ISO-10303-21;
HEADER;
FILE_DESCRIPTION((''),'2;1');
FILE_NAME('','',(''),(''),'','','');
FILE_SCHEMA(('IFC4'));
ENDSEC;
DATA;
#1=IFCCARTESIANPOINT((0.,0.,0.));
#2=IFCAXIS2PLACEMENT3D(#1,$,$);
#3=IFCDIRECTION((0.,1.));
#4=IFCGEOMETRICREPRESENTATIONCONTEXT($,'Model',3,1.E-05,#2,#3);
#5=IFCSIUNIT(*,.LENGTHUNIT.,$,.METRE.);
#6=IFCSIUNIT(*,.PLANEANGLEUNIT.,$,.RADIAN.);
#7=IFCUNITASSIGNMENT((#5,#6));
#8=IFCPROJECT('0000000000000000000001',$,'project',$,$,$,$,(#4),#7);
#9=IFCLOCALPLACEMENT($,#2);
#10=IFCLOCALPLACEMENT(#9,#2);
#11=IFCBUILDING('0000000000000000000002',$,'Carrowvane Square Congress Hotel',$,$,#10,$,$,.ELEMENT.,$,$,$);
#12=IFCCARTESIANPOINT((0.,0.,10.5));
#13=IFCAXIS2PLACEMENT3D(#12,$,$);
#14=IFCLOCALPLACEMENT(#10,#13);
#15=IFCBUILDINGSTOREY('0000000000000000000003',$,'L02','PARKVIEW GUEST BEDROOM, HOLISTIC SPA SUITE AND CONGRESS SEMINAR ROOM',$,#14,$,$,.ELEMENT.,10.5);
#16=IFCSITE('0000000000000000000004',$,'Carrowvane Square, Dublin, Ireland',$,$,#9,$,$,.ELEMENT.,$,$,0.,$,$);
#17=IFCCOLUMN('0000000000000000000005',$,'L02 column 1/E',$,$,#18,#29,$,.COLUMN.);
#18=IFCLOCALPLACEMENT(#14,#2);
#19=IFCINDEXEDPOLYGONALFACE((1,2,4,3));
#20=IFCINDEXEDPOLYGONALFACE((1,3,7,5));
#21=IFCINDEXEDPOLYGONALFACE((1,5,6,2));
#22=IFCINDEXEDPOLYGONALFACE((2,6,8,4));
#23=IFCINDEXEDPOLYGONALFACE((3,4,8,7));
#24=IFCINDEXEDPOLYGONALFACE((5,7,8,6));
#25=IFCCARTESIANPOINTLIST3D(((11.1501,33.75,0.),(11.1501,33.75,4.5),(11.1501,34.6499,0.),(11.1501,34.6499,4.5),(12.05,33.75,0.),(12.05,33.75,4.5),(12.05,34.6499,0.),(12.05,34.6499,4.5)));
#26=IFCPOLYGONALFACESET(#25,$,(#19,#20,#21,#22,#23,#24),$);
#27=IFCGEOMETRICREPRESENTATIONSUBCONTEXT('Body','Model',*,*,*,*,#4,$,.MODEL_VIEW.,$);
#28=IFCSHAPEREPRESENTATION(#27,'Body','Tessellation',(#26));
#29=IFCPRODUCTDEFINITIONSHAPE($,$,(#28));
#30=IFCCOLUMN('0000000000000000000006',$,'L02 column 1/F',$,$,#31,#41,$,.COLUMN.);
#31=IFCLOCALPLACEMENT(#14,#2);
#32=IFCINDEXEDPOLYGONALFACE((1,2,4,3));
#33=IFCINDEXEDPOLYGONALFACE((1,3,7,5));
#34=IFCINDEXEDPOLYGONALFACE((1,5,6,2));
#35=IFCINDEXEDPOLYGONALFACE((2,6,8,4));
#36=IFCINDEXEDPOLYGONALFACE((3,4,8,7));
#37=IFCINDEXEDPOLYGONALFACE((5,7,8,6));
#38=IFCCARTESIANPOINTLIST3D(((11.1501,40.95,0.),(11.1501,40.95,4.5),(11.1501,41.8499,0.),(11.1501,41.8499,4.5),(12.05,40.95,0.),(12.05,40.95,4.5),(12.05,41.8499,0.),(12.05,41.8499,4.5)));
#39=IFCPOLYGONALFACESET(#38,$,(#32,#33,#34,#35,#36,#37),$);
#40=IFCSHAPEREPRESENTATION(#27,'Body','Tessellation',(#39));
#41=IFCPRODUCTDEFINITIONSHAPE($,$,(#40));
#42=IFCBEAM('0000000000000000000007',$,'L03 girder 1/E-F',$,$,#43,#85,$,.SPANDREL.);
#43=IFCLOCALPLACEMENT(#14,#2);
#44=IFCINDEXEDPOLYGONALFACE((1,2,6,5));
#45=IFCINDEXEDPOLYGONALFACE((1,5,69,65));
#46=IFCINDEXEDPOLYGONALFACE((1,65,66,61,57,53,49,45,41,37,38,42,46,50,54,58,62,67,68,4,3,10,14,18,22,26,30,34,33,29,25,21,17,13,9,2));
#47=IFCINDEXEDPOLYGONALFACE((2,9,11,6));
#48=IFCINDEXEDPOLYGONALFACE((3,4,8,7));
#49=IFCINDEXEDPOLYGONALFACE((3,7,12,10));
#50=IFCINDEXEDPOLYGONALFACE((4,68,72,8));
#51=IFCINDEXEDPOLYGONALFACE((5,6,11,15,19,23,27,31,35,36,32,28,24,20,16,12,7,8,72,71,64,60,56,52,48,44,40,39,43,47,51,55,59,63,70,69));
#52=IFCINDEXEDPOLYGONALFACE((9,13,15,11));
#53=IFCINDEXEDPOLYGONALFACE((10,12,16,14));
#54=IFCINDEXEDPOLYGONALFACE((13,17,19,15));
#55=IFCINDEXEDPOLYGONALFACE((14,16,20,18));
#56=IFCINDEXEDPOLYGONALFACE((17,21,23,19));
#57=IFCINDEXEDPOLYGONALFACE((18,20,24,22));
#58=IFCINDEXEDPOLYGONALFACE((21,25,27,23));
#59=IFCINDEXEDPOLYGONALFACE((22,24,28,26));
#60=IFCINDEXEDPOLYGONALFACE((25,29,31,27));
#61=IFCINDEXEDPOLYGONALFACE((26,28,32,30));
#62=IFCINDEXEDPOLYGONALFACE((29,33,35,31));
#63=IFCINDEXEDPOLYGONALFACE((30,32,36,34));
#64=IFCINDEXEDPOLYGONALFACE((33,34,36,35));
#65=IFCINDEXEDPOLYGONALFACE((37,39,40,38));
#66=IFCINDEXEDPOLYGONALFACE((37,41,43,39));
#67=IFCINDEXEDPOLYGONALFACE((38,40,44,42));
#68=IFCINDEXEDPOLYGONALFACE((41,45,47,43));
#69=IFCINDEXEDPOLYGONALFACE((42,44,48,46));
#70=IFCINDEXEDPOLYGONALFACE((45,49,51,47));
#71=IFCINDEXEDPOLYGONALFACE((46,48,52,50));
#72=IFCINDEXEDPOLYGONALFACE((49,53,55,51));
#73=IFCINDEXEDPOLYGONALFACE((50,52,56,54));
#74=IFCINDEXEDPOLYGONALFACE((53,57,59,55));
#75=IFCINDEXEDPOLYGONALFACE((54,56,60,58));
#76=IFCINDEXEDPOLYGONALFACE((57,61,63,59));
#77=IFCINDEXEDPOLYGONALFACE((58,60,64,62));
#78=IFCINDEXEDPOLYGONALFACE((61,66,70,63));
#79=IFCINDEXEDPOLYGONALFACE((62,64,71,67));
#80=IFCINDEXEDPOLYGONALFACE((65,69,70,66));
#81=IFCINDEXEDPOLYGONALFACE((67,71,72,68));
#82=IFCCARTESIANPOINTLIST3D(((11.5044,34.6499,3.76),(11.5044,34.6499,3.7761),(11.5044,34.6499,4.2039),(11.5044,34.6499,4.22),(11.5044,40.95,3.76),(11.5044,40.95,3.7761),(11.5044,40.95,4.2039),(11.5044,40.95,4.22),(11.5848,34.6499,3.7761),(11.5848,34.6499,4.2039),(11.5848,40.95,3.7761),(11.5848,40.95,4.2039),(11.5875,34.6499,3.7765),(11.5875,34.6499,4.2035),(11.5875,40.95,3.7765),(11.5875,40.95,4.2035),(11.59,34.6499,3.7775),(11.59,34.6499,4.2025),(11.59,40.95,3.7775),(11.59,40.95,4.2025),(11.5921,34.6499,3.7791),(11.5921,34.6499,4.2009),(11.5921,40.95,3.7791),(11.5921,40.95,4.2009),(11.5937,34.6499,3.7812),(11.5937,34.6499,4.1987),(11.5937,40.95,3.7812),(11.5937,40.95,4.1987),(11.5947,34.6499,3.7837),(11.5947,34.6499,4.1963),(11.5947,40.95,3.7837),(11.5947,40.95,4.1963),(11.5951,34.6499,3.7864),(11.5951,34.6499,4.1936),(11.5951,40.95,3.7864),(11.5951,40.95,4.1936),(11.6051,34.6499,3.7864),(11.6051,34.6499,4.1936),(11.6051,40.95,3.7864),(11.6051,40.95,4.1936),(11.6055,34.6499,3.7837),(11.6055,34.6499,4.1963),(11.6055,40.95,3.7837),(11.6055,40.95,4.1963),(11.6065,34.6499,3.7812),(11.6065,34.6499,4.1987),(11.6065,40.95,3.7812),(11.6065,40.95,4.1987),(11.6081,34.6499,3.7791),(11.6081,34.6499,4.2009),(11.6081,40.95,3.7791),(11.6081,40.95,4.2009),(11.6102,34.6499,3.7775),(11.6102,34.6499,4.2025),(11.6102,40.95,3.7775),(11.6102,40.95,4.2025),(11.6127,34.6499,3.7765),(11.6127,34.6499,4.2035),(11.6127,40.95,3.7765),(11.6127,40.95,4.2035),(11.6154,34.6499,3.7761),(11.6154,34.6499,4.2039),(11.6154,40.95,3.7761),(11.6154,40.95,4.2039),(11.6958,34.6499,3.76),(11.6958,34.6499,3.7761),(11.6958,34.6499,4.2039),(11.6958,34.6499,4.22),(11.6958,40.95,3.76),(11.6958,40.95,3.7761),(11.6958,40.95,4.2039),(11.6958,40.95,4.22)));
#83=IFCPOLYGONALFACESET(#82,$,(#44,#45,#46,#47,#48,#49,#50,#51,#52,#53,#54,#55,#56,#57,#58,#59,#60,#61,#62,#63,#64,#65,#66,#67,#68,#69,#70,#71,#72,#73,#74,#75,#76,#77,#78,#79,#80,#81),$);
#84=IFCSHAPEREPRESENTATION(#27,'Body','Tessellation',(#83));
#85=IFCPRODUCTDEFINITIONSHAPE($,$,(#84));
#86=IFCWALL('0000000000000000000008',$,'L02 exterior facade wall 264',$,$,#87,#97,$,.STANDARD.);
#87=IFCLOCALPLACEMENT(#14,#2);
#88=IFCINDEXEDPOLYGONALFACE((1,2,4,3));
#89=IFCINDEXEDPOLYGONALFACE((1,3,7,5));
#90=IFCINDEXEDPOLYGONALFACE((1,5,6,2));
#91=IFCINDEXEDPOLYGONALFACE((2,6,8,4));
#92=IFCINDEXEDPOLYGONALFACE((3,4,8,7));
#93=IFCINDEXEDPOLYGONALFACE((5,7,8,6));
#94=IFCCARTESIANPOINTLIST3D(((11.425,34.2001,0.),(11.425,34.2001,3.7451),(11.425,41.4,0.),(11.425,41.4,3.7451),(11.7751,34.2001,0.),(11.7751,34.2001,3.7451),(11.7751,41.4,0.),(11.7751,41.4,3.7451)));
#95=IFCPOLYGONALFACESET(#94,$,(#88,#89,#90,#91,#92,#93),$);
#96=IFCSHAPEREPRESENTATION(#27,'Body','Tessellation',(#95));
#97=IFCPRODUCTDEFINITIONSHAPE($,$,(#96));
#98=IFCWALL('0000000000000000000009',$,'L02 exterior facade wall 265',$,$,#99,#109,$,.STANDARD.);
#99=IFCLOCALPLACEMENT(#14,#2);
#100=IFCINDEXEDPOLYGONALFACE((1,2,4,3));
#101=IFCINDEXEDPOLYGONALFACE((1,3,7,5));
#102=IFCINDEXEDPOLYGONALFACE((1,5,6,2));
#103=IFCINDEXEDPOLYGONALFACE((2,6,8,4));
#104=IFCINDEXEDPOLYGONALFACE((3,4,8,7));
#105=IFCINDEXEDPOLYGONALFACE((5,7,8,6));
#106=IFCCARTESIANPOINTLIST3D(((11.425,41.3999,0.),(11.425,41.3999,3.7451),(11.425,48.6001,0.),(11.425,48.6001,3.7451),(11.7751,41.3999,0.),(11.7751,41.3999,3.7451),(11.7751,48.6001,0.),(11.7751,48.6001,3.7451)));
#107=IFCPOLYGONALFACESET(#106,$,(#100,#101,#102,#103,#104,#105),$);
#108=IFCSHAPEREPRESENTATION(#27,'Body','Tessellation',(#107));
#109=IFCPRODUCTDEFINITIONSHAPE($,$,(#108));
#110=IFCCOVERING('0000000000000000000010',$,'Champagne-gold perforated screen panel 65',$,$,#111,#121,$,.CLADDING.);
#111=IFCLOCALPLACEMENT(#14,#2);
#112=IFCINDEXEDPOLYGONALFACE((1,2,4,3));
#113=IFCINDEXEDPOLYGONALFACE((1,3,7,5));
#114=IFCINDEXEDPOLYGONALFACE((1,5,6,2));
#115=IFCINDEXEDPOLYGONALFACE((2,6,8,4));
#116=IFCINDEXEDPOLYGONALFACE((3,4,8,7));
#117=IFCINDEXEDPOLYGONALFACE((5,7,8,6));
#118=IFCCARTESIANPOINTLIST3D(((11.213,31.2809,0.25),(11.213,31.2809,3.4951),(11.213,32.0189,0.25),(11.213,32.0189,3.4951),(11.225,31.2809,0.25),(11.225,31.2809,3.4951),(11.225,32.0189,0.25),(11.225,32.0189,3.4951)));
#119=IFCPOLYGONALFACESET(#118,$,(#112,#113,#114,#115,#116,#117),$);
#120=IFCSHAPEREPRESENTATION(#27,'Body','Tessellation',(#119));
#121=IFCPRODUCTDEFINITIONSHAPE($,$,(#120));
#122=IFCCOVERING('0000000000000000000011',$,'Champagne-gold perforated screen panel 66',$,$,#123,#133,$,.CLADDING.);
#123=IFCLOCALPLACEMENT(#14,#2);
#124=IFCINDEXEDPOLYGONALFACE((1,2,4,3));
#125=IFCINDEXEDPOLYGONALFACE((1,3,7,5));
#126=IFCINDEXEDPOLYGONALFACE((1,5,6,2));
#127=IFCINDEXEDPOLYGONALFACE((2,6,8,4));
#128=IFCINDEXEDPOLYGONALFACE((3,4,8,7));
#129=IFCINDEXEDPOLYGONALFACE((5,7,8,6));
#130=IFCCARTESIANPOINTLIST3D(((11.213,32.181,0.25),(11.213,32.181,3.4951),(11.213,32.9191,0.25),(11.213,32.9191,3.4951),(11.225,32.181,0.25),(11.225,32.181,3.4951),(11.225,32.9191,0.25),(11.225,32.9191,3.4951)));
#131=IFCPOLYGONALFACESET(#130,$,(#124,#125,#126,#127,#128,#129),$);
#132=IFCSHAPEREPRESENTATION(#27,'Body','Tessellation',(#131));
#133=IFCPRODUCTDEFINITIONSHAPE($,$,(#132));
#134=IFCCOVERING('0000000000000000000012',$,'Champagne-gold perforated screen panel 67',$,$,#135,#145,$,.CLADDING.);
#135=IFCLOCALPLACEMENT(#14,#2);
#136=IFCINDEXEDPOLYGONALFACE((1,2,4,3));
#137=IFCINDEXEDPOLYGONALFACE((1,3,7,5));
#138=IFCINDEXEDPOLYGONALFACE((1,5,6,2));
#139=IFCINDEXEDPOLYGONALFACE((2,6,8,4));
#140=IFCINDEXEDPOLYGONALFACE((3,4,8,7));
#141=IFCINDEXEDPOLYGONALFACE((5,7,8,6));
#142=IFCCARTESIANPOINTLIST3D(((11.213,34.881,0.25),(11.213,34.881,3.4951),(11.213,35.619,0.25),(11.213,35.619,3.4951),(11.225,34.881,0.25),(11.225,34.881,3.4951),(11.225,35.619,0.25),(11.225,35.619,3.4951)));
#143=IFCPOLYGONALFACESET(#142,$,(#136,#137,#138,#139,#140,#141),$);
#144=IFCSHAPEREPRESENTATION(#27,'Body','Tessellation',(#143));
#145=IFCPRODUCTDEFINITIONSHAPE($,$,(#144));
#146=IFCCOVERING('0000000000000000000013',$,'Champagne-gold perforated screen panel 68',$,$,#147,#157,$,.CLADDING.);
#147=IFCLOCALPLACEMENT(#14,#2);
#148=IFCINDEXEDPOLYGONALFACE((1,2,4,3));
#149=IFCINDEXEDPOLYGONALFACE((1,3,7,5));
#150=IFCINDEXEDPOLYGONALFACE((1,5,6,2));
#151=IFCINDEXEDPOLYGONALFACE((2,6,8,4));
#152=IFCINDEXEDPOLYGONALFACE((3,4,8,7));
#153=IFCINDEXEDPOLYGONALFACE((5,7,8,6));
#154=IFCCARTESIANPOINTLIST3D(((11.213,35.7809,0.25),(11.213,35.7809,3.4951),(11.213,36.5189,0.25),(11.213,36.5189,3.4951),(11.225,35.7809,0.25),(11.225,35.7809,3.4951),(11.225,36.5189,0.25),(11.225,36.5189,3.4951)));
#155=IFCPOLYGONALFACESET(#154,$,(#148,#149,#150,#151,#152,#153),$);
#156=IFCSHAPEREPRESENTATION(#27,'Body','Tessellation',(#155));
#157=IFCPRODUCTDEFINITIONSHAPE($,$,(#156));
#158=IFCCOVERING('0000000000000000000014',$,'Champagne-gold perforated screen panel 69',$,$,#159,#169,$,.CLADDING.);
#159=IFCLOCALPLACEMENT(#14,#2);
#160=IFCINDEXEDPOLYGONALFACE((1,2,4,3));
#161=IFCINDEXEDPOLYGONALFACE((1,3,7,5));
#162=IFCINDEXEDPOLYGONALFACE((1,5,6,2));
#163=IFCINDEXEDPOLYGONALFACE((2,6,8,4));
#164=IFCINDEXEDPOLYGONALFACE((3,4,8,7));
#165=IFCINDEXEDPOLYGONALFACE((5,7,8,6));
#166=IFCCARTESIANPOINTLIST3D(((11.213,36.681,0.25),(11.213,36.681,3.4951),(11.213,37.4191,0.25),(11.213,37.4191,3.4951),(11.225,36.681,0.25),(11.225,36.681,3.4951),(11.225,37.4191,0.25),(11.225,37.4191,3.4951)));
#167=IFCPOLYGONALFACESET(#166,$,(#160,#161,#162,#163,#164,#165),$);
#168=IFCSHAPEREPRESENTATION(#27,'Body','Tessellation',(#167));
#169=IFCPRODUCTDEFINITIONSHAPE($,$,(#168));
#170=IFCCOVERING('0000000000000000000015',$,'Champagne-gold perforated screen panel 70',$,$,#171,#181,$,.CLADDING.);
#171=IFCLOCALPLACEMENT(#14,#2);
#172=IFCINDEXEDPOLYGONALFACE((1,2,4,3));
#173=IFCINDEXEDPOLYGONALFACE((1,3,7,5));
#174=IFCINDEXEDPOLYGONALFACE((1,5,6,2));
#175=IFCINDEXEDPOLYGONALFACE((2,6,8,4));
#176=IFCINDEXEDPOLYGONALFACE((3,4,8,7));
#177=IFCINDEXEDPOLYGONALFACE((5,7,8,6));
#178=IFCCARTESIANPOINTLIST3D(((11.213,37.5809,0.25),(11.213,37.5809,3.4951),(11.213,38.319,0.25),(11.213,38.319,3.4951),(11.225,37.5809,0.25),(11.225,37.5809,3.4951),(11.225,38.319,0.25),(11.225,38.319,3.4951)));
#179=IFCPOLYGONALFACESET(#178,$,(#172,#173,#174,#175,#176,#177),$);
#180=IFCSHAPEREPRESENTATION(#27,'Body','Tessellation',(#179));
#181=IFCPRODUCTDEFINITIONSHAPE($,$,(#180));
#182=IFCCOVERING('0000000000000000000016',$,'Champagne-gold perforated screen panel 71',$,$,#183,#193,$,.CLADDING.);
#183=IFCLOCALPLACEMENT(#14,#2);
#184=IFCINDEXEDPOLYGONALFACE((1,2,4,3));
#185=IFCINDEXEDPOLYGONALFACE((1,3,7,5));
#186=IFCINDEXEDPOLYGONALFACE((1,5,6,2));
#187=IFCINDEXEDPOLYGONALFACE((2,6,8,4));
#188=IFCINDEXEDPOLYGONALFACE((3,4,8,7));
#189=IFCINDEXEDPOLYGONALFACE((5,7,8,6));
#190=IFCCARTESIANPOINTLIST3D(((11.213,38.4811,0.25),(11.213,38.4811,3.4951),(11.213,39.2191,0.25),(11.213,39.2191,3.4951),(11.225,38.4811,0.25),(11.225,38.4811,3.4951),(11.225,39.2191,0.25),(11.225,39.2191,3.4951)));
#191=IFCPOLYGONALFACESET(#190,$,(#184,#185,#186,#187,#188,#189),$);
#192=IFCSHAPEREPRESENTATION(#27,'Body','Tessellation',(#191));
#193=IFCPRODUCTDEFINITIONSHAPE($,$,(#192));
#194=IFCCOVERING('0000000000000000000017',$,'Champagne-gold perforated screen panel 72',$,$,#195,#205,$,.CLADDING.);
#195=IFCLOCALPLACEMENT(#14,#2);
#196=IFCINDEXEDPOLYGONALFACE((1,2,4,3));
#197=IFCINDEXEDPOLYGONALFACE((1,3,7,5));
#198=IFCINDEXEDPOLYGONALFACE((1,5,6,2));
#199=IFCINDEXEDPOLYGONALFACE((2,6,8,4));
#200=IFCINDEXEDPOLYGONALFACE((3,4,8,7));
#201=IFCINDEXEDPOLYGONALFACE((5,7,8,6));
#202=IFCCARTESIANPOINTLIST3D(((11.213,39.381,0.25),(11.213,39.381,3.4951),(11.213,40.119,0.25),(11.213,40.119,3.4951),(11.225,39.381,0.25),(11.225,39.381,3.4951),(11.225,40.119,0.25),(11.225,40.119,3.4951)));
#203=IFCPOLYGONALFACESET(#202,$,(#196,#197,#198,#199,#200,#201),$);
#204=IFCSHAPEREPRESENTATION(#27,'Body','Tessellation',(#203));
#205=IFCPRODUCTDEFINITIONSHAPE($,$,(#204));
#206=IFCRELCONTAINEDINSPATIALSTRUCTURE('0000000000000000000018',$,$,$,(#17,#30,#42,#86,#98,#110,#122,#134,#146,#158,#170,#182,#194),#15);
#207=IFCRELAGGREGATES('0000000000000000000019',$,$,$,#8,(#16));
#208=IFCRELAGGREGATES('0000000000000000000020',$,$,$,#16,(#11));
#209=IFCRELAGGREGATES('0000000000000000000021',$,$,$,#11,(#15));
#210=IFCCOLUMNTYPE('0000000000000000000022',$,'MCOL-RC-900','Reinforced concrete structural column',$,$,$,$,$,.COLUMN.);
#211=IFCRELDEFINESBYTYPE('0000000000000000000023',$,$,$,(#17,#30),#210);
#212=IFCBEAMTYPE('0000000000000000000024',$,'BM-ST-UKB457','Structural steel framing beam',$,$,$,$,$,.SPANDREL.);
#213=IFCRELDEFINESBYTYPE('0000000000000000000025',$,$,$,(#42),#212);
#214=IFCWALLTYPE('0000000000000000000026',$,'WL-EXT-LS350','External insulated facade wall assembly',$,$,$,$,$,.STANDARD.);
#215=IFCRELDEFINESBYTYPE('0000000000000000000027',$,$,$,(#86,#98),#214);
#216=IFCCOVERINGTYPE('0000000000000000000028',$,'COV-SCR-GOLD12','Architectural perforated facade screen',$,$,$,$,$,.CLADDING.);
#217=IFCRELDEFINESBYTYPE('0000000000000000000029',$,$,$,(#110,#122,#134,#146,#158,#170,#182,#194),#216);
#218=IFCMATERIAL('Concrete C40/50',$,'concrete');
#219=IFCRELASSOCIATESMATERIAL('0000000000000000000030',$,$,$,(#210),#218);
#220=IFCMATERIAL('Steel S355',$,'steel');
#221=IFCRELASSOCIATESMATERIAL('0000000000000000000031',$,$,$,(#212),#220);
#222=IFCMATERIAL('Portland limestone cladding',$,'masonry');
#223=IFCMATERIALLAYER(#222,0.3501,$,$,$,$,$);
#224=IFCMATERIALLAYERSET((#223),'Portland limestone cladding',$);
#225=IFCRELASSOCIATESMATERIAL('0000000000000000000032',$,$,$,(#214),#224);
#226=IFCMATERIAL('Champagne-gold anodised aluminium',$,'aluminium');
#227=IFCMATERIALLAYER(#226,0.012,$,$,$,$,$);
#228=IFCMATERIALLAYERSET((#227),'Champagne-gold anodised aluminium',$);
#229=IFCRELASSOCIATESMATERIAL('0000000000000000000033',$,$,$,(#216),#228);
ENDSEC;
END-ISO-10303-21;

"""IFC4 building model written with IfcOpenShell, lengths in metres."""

from ifc_helpers import new_model, si_unit, direction, frame, frame_2d, origin, origin_2d, place, context, subcontext, project, spatial, rectangle, i_section, extrude, material, layer, layer_set, material_profile, profile_set, type_object, element, save


model = new_model("IFC4")

# Units and contexts
model_context = context("Model", 3, precision=1e-05, world=origin(), true_north=direction((0.0, 1.0)))
body_context = subcontext(model_context, "Body", "Model", "MODEL_VIEW")
ifc_project = project(units=[si_unit("LENGTHUNIT", "METRE"), si_unit("PLANEANGLEUNIT", "RADIAN")], contexts=[model_context])

# Site, building, storey
site_placement = place(None, origin())
site = spatial("IfcSite", under=ifc_project, at=site_placement, Name="Carrowvane Square, Dublin, Ireland", CompositionType="ELEMENT", RefElevation=0.0)
building_placement = place(site_placement, origin())
building = spatial("IfcBuilding", under=site, at=building_placement, Name="Carrowvane Square Congress Hotel", CompositionType="ELEMENT")
storey_placement = place(building_placement, frame((0.0, 0.0, 10.5)))
storey = spatial("IfcBuildingStorey", under=building, at=storey_placement, Name="L02", Description="PARKVIEW GUEST BEDROOM, HOLISTIC SPA SUITE AND CONGRESS SEMINAR ROOM", CompositionType="ELEMENT", Elevation=10.5)

# Columns
ifc_material_1 = material(Name="Concrete C40/50", Category="concrete")
ifc_material_profile_1 = material_profile(ifc_material_1, rectangle(XDim=0.8999, YDim=0.8999, at=origin_2d()), Name="RC 900x900")
ifc_profile_set_1 = profile_set([ifc_material_profile_1], Name="Concrete C40/50")
column_type = type_object("IfcColumnType", Name="MCOL-RC-900", Description="Reinforced concrete structural column", PredefinedType="COLUMN", material=ifc_profile_set_1)
for number, where, z_axis, x_axis, name in (
    (1, (11.6001, 34.2, 0.0), (0.0, 0.0, 1.0), (1.0, 0.0, 0.0), "L02 column 1/E"),
    (2, (11.6001, 41.3999, 0.0), (0.0, 0.0, 1.0), (1.0, 0.0, 0.0), "L02 column 1/F"),
):
    element("IfcColumn", number, at=place(storey_placement, frame(where, z_axis=z_axis, x_axis=x_axis)), inside=storey, type_object=column_type, Name=name, PredefinedType="COLUMN", context=body_context, shape_type="SweptSolid", body=[
        extrude(rectangle(XDim=0.8999, YDim=0.8999, at=origin_2d()), origin(), (0.0, 0.0, 1.0), 4.5),
    ])

# Beam
ifc_material_2 = material(Name="Steel S355", Category="steel")
ifc_material_profile_2 = material_profile(ifc_material_2, i_section(OverallWidth=0.1914, OverallDepth=0.46, WebThickness=0.01, FlangeThickness=0.0161, FilletRadius=0.0103, at=origin_2d()), Name="UKB 457x191x82")
ifc_profile_set_2 = profile_set([ifc_material_profile_2], Name="Steel S355")
beam_type = type_object("IfcBeamType", Name="BM-ST-UKB457", Description="Structural steel framing beam", PredefinedType="SPANDREL", material=ifc_profile_set_2)
beam_placement = place(storey_placement, frame((11.6001, 34.6499, 3.99), z_axis=(0.0, 1.0, 0.0), x_axis=(-1.0, 0.0, 0.0)))
element("IfcBeam", 3, at=beam_placement, inside=storey, type_object=beam_type, Name="L03 girder 1/E-F", PredefinedType="SPANDREL", context=body_context, shape_type="SweptSolid", body=[
    extrude(i_section(OverallWidth=0.1914, OverallDepth=0.46, WebThickness=0.01, FlangeThickness=0.0161, FilletRadius=0.0103, at=origin_2d()), origin(), (0.0, 0.0, 1.0), 6.3),
])

# Walls
ifc_material_3 = material(Name="Portland limestone cladding", Category="masonry")
ifc_layer_1 = layer(ifc_material_3, 0.3501)
ifc_layer_set_1 = layer_set([ifc_layer_1], Name="Portland limestone cladding")
wall_type = type_object("IfcWallType", Name="WL-EXT-LS350", Description="External insulated facade wall assembly", PredefinedType="STANDARD", material=ifc_layer_set_1)
wall_1_placement = place(storey_placement, frame((11.6001, 34.2, 0.0), z_axis=(0.0, 0.0, 1.0), x_axis=(0.0, 1.0, 0.0)))
element("IfcWall", 4, at=wall_1_placement, inside=storey, type_object=wall_type, Name="L02 exterior facade wall 264", PredefinedType="STANDARD", context=body_context, shape_type="SweptSolid", body=[
    extrude(rectangle(XDim=7.2, YDim=0.3501, at=frame_2d((3.6001, 0.0))), origin(), (0.0, 0.0, 1.0), 3.7451),
])
wall_2_placement = place(storey_placement, frame((11.6001, 41.3999, 0.0), z_axis=(0.0, 0.0, 1.0), x_axis=(0.0, 1.0, 0.0)))
element("IfcWall", 5, at=wall_2_placement, inside=storey, type_object=wall_type, Name="L02 exterior facade wall 265", PredefinedType="STANDARD", context=body_context, shape_type="SweptSolid", body=[
    extrude(rectangle(XDim=7.2002, YDim=0.3501, at=frame_2d((3.6001, 0.0))), origin(), (0.0, 0.0, 1.0), 3.7451),
])

# Coverings
ifc_material_4 = material(Name="Champagne-gold anodised aluminium", Category="aluminium")
ifc_layer_2 = layer(ifc_material_4, 0.012)
ifc_layer_set_2 = layer_set([ifc_layer_2], Name="Champagne-gold anodised aluminium")
covering_type = type_object("IfcCoveringType", Name="COV-SCR-GOLD12", Description="Architectural perforated facade screen", PredefinedType="CLADDING", material=ifc_layer_set_2)
for number, where, z_axis, x_axis, name in (
    (6, (11.219, 31.6499, 0.25), (0.0, 0.0, 1.0), (0.0, 1.0, 0.0), "Champagne-gold perforated screen panel 65"),
    (7, (11.219, 32.55, 0.25), (0.0, 0.0, 1.0), (0.0, 1.0, 0.0), "Champagne-gold perforated screen panel 66"),
    (8, (11.219, 35.25, 0.25), (0.0, 0.0, 1.0), (0.0, 1.0, 0.0), "Champagne-gold perforated screen panel 67"),
    (9, (11.219, 36.1499, 0.25), (0.0, 0.0, 1.0), (0.0, 1.0, 0.0), "Champagne-gold perforated screen panel 68"),
    (10, (11.219, 37.05, 0.25), (0.0, 0.0, 1.0), (0.0, 1.0, 0.0), "Champagne-gold perforated screen panel 69"),
    (11, (11.219, 37.95, 0.25), (0.0, 0.0, 1.0), (0.0, 1.0, 0.0), "Champagne-gold perforated screen panel 70"),
    (12, (11.219, 38.8501, 0.25), (0.0, 0.0, 1.0), (0.0, 1.0, 0.0), "Champagne-gold perforated screen panel 71"),
    (13, (11.219, 39.75, 0.25), (0.0, 0.0, 1.0), (0.0, 1.0, 0.0), "Champagne-gold perforated screen panel 72"),
):
    element("IfcCovering", number, at=place(storey_placement, frame(where, z_axis=z_axis, x_axis=x_axis)), inside=storey, type_object=covering_type, Name=name, PredefinedType="CLADDING", context=body_context, shape_type="SweptSolid", body=[
        extrude(rectangle(XDim=0.738, YDim=0.012, at=origin_2d()), origin(), (0.0, 0.0, 1.0), 3.2451),
    ])

save(model, "model.ifc")
